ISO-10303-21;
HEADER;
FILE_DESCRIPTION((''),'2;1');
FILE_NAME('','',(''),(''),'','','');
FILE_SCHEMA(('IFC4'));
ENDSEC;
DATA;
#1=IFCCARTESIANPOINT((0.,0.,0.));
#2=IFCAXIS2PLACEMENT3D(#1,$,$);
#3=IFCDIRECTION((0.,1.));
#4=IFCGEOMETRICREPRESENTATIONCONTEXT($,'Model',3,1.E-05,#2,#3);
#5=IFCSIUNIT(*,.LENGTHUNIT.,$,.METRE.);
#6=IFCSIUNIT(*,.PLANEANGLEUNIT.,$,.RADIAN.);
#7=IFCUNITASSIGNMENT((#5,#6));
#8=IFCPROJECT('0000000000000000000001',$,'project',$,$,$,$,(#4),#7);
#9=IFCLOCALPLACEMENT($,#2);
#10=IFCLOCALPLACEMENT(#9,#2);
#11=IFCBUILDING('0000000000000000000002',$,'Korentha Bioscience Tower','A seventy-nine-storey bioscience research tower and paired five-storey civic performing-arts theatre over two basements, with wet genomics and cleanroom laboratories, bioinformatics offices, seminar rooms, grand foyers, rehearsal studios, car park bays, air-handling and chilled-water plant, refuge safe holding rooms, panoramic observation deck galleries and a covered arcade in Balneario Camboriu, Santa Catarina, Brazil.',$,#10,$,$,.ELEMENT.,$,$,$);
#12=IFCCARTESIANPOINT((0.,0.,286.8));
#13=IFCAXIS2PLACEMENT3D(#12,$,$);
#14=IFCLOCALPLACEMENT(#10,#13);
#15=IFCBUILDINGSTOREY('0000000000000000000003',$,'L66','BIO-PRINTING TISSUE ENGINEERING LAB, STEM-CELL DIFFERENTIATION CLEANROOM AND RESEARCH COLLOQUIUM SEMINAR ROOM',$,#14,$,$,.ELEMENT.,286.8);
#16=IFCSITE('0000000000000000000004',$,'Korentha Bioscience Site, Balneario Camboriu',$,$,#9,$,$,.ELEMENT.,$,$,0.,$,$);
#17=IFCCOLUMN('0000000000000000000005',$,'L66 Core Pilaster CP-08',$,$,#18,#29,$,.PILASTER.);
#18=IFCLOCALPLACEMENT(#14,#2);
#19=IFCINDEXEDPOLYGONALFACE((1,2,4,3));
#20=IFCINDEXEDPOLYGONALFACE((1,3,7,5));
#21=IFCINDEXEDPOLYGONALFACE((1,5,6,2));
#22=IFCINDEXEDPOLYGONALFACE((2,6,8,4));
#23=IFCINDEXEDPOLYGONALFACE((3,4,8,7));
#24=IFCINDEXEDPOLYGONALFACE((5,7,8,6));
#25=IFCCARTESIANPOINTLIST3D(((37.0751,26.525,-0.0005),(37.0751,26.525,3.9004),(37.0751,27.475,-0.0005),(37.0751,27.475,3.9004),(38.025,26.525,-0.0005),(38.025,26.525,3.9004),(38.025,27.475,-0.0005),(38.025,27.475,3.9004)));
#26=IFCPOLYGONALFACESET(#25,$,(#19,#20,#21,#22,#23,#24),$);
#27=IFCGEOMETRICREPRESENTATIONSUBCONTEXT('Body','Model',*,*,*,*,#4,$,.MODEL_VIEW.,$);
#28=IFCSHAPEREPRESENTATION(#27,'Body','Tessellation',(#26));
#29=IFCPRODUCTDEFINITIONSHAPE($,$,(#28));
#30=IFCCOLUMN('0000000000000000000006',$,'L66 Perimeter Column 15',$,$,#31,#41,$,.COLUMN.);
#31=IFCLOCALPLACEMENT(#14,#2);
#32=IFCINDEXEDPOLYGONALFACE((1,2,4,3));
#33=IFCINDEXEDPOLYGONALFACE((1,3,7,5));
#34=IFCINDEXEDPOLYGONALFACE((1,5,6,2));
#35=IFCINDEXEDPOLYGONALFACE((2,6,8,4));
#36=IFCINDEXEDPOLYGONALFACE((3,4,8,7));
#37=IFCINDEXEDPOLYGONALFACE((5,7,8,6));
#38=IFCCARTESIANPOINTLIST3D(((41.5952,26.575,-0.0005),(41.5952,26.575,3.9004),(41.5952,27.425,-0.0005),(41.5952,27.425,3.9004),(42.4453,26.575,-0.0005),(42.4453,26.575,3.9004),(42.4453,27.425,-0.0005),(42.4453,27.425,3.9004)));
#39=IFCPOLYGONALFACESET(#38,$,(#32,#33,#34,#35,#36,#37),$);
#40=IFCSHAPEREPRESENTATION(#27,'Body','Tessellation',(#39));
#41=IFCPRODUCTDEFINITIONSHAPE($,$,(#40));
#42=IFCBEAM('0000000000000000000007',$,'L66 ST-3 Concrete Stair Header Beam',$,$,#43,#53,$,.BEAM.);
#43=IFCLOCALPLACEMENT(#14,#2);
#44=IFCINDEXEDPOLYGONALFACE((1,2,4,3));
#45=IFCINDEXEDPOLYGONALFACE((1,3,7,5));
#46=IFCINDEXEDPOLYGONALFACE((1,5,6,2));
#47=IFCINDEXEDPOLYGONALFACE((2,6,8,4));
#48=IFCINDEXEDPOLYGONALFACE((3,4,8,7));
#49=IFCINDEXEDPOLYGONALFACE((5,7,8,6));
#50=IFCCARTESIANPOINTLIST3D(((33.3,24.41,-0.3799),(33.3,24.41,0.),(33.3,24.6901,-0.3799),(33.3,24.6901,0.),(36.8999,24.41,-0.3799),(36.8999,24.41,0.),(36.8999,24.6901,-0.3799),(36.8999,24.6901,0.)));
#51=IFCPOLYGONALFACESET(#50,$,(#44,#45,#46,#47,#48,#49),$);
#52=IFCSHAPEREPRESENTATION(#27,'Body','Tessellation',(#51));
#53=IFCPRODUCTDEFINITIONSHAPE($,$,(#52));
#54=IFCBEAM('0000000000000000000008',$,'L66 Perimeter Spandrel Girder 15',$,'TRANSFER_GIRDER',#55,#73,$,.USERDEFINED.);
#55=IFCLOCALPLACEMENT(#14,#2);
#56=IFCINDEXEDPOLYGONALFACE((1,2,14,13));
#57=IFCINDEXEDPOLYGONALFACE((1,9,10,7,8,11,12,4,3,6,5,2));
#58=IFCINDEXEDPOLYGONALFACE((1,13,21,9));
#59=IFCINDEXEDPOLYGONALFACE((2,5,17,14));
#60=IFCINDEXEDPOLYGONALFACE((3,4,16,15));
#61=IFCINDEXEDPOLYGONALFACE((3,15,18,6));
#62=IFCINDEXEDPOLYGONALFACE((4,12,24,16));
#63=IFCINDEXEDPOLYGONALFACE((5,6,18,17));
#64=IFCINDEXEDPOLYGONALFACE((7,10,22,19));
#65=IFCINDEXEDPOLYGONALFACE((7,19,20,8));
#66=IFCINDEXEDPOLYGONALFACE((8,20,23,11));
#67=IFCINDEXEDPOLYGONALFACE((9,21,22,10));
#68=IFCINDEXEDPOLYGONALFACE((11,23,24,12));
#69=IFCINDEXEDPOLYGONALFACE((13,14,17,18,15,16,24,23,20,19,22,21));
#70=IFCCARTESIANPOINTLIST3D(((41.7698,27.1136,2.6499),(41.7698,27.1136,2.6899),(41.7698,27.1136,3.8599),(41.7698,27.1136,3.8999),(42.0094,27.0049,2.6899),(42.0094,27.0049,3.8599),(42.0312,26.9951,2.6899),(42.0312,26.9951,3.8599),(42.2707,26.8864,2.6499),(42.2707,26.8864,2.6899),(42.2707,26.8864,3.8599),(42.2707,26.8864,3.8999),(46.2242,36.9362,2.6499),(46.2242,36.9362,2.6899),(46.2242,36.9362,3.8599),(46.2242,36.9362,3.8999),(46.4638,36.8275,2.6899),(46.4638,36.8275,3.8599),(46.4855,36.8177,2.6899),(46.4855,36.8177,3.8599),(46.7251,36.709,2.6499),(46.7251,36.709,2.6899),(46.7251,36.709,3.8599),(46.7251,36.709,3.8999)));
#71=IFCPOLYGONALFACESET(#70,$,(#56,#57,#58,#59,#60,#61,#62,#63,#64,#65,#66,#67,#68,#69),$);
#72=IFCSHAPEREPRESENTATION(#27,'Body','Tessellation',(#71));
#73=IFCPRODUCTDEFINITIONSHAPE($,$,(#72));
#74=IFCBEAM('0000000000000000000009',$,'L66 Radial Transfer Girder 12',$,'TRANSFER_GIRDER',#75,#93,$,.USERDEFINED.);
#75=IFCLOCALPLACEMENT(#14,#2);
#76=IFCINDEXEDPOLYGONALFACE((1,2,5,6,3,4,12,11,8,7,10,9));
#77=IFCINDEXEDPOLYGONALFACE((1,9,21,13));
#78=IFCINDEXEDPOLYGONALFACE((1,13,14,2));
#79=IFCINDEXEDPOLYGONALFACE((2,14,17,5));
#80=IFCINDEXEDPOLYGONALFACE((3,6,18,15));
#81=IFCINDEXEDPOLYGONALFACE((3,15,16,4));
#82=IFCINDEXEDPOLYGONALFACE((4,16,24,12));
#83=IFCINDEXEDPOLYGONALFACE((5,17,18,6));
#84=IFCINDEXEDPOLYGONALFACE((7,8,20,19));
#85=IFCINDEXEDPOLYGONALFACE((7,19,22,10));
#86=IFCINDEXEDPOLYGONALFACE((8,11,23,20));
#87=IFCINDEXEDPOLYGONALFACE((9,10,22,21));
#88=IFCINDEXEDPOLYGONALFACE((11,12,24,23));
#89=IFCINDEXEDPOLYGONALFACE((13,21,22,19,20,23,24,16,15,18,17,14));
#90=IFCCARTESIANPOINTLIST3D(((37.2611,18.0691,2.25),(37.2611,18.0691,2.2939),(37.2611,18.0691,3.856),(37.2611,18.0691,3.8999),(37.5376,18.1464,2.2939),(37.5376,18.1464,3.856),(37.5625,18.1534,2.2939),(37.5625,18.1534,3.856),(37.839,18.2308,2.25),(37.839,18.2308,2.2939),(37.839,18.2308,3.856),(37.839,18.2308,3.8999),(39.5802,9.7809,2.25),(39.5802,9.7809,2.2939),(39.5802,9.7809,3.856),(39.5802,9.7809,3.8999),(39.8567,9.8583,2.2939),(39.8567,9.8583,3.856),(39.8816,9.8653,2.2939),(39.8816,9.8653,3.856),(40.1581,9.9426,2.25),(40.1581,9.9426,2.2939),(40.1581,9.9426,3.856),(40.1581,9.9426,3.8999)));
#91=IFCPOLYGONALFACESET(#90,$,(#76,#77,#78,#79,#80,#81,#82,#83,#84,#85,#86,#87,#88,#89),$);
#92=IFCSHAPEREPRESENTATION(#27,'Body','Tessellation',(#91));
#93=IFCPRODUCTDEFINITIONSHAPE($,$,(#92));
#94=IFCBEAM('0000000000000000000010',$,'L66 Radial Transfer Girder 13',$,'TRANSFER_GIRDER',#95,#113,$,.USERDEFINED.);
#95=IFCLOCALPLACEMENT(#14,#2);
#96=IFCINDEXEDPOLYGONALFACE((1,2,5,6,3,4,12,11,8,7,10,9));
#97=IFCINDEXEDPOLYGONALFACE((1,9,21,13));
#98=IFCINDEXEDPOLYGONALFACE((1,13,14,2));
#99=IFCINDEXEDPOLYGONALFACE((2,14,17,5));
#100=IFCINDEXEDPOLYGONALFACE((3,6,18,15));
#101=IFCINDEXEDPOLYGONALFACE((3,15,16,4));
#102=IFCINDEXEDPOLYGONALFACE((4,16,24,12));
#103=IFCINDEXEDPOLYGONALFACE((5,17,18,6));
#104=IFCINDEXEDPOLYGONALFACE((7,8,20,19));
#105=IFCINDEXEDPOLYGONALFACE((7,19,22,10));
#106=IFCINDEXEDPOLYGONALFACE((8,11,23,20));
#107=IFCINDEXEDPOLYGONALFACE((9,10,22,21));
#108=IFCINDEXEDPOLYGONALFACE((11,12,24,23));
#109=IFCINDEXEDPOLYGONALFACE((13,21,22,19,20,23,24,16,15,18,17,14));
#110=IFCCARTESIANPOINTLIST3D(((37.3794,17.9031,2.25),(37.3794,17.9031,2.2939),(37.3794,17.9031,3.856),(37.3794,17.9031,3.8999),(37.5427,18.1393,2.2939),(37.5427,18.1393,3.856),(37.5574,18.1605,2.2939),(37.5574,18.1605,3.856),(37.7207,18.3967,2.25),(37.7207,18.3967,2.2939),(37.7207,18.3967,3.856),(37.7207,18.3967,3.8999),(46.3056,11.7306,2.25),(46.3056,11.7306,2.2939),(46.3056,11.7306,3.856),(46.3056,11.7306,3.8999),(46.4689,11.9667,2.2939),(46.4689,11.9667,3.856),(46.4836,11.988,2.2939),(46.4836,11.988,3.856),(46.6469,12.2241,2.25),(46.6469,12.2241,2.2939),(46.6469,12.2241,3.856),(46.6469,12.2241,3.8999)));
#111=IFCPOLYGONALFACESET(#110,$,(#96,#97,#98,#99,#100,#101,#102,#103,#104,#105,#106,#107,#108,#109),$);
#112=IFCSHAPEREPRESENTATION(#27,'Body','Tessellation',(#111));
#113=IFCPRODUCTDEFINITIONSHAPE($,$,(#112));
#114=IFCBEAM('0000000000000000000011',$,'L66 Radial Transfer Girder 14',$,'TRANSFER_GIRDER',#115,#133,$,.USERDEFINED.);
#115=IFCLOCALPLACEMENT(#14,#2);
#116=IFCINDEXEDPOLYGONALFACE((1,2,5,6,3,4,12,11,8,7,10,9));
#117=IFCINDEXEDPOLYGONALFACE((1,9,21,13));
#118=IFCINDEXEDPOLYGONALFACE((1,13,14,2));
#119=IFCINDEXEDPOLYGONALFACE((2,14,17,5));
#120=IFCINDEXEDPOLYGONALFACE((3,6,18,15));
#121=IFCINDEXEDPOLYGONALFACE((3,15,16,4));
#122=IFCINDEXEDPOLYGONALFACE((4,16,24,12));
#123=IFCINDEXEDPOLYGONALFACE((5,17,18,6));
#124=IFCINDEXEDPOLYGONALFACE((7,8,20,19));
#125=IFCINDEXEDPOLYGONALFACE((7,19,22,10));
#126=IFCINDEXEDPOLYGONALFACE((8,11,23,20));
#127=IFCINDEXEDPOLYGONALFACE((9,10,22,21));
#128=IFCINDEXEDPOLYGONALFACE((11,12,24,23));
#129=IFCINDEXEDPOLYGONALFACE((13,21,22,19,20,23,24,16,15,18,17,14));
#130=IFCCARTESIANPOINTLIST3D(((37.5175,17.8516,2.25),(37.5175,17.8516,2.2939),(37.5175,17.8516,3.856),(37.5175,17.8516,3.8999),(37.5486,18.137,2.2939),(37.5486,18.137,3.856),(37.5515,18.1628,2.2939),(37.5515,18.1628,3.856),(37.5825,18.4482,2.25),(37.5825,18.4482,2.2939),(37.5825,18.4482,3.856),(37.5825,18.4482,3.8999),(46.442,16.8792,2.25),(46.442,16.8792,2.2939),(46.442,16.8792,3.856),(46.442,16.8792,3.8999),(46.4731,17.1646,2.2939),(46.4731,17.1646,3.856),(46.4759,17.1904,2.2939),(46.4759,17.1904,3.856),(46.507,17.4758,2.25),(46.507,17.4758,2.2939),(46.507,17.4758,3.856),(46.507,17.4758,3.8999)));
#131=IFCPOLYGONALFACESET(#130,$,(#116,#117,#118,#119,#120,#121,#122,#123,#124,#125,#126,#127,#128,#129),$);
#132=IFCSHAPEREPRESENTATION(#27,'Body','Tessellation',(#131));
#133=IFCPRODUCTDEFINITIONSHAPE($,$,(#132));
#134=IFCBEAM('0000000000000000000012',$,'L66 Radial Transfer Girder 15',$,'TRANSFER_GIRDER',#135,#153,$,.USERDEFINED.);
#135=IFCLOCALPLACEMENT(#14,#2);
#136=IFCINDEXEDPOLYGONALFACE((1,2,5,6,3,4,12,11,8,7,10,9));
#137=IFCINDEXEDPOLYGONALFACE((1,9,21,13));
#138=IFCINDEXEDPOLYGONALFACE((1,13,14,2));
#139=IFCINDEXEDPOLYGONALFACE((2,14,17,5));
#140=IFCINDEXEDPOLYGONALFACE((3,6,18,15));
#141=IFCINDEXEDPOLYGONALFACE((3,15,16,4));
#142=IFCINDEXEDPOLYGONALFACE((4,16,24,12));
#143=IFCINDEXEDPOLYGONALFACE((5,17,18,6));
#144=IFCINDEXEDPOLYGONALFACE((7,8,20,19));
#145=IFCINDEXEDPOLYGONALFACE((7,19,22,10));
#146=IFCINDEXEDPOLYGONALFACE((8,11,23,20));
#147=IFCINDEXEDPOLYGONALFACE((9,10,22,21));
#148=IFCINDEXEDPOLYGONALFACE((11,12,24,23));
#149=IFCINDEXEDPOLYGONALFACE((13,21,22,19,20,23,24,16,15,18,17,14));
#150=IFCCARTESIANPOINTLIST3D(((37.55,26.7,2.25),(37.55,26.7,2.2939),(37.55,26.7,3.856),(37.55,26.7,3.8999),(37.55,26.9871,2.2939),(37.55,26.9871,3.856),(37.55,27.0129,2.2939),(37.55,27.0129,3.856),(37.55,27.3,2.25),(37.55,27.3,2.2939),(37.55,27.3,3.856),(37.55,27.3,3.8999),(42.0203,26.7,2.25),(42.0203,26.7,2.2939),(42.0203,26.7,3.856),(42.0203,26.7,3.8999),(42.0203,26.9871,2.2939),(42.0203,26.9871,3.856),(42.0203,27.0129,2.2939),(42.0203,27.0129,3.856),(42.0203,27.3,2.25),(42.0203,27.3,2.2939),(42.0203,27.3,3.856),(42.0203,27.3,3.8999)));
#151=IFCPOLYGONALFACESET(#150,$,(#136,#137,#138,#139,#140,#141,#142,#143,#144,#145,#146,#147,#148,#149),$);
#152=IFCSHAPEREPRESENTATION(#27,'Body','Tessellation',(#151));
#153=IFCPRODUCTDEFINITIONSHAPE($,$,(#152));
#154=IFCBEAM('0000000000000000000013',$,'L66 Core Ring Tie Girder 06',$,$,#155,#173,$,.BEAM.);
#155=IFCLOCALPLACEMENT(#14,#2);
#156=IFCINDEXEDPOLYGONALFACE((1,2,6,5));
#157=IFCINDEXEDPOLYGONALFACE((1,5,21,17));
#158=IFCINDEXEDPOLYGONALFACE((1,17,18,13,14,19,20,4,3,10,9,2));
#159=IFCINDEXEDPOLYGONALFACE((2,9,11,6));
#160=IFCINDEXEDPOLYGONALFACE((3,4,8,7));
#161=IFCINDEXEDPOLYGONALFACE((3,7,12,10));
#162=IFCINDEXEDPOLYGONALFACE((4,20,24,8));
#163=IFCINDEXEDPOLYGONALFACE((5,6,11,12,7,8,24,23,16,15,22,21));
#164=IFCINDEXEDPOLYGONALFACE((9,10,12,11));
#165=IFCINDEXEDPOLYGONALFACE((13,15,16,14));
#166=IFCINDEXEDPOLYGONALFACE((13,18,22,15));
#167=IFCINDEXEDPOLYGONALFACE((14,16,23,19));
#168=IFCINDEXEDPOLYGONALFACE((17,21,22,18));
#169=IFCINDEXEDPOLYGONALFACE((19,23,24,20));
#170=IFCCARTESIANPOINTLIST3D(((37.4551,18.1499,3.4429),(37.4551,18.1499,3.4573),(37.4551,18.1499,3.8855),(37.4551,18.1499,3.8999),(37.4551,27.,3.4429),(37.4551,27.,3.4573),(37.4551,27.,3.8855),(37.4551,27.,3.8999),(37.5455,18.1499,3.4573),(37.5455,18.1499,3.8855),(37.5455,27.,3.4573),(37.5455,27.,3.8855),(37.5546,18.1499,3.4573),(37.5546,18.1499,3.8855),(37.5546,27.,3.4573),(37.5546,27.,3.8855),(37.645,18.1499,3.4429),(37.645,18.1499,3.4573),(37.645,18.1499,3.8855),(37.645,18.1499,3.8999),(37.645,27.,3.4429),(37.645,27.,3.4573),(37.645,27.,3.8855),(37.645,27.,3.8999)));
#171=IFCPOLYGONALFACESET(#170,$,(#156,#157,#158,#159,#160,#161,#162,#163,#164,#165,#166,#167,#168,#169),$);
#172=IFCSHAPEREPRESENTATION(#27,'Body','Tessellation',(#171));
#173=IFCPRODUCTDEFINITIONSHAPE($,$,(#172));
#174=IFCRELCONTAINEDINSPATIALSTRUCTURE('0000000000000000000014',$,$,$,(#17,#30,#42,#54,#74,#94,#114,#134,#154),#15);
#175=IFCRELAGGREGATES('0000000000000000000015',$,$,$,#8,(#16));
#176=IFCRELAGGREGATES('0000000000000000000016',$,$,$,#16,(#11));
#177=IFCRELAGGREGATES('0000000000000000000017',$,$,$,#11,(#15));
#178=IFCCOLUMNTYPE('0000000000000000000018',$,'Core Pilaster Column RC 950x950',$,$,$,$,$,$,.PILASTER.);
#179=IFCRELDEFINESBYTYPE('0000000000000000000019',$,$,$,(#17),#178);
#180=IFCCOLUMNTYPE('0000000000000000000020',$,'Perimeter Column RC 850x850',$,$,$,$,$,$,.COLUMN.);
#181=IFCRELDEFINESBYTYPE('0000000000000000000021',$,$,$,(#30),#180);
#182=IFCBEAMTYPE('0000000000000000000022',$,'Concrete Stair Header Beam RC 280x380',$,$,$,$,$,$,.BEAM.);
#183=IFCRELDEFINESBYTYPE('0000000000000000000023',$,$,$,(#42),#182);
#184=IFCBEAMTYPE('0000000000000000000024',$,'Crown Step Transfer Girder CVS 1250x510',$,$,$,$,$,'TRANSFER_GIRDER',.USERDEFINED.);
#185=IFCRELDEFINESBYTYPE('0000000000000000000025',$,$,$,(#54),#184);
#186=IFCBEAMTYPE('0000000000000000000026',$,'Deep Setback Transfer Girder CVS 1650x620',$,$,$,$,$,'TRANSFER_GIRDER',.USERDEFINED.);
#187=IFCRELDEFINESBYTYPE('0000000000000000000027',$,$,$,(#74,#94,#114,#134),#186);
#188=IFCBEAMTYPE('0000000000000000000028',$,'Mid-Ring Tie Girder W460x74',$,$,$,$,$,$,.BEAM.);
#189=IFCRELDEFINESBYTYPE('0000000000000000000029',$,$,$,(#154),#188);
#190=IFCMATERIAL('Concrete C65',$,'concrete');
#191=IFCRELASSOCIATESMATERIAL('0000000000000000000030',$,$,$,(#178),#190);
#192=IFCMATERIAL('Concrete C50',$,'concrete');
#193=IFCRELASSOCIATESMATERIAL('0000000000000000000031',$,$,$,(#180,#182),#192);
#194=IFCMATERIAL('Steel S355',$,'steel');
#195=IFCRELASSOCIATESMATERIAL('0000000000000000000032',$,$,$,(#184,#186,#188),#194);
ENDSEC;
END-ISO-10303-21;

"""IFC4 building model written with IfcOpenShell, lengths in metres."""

from ifc_helpers import new_model, si_unit, direction, frame, origin, origin_2d, place, context, subcontext, project, spatial, rectangle, i_section, extrude, material, material_profile, profile_set, type_object, element, save


model = new_model("IFC4")

# Units and contexts
model_context = context("Model", 3, precision=1e-05, world=origin(), true_north=direction((0.0, 1.0)))
body_context = subcontext(model_context, "Body", "Model", "MODEL_VIEW")
ifc_project = project(units=[si_unit("LENGTHUNIT", "METRE"), si_unit("PLANEANGLEUNIT", "RADIAN")], contexts=[model_context])

# Site, building, storey
site_placement = place(None, origin())
site = spatial("IfcSite", under=ifc_project, at=site_placement, Name="Korentha Bioscience Site, Balneario Camboriu", CompositionType="ELEMENT", RefElevation=0.0)
building_placement = place(site_placement, origin())
building = spatial("IfcBuilding", under=site, at=building_placement, Name="Korentha Bioscience Tower", Description="A seventy-nine-storey bioscience research tower and paired five-storey civic performing-arts theatre over two basements, with wet genomics and cleanroom laboratories, bioinformatics offices, seminar rooms, grand foyers, rehearsal studios, car park bays, air-handling and chilled-water plant, refuge safe holding rooms, panoramic observation deck galleries and a covered arcade in Balneario Camboriu, Santa Catarina, Brazil.", CompositionType="ELEMENT")
storey_placement = place(building_placement, frame((0.0, 0.0, 286.8)))
storey = spatial("IfcBuildingStorey", under=building, at=storey_placement, Name="L66", Description="BIO-PRINTING TISSUE ENGINEERING LAB, STEM-CELL DIFFERENTIATION CLEANROOM AND RESEARCH COLLOQUIUM SEMINAR ROOM", CompositionType="ELEMENT", Elevation=286.8)

# Columns
ifc_material_1 = material(Name="Concrete C65", Category="concrete")
ifc_material_profile_1 = material_profile(ifc_material_1, rectangle(XDim=0.95, YDim=0.95, at=origin_2d()), Name="Concrete C65")
ifc_profile_set_1 = profile_set([ifc_material_profile_1], Name="Concrete C65 (COL-CP09)")
column_type_1 = type_object("IfcColumnType", Name="Core Pilaster Column RC 950x950", PredefinedType="PILASTER", material=ifc_profile_set_1)
column_1_placement = place(storey_placement, frame((37.55, 27.0, -0.0005), z_axis=(0.0, 0.0, 1.0), x_axis=(1.0, 0.0, 0.0)))
element("IfcColumn", 1, at=column_1_placement, inside=storey, type_object=column_type_1, Name="L66 Core Pilaster CP-08", PredefinedType="PILASTER", context=body_context, shape_type="SweptSolid", body=[
    extrude(rectangle(XDim=0.95, YDim=0.95, at=origin_2d()), origin(), (0.0, 0.0, 1.0), 3.9009),
])
ifc_material_2 = material(Name="Concrete C50", Category="concrete")
ifc_material_profile_2 = material_profile(ifc_material_2, rectangle(XDim=0.8501, YDim=0.8501, at=origin_2d()), Name="Concrete C50")
ifc_profile_set_2 = profile_set([ifc_material_profile_2], Name="Concrete C50 (COL-P08)")
column_type_2 = type_object("IfcColumnType", Name="Perimeter Column RC 850x850", PredefinedType="COLUMN", material=ifc_profile_set_2)
column_2_placement = place(storey_placement, frame((42.0203, 27.0, -0.0005), z_axis=(0.0, 0.0, 1.0), x_axis=(0.0, 1.0, 0.0)))
element("IfcColumn", 2, at=column_2_placement, inside=storey, type_object=column_type_2, Name="L66 Perimeter Column 15", PredefinedType="COLUMN", context=body_context, shape_type="SweptSolid", body=[
    extrude(rectangle(XDim=0.8501, YDim=0.8501, at=origin_2d()), origin(), (0.0, 0.0, 1.0), 3.9009),
])

# Beams
ifc_material_profile_3 = material_profile(ifc_material_2, rectangle(XDim=0.28, YDim=0.3799, at=origin_2d()), Name="Concrete C50")
ifc_profile_set_3 = profile_set([ifc_material_profile_3], Name="Concrete C50 (ST-HB380)")
beam_type_1 = type_object("IfcBeamType", Name="Concrete Stair Header Beam RC 280x380", PredefinedType="BEAM", material=ifc_profile_set_3)
beam_1_placement = place(storey_placement, frame((36.8999, 24.55, -0.1899), z_axis=(-1.0, 0.0, 0.0), x_axis=(0.0, -1.0, 0.0)))
element("IfcBeam", 3, at=beam_1_placement, inside=storey, type_object=beam_type_1, Name="L66 ST-3 Concrete Stair Header Beam", PredefinedType="BEAM", context=body_context, shape_type="SweptSolid", body=[
    extrude(rectangle(XDim=0.28, YDim=0.3799, at=origin_2d()), origin(), (0.0, 0.0, 1.0), 3.5999),
])
ifc_material_3 = material(Name="Steel S355", Category="steel")
ifc_material_profile_4 = material_profile(ifc_material_3, i_section(OverallWidth=0.55, OverallDepth=1.25, WebThickness=0.0239, FlangeThickness=0.04, at=origin_2d()), Name="Steel S355")
ifc_profile_set_4 = profile_set([ifc_material_profile_4], Name="Steel S355 (TG-03)")
beam_type_2 = type_object("IfcBeamType", Name="Crown Step Transfer Girder CVS 1250x510", ElementType="TRANSFER_GIRDER", PredefinedType="USERDEFINED", material=ifc_profile_set_4)
beam_2_placement = place(storey_placement, frame((42.0203, 27.0, 3.2749), z_axis=(0.413001, 0.91073, 0.0), x_axis=(-0.91073, 0.413001, 0.0)))
element("IfcBeam", 4, at=beam_2_placement, inside=storey, type_object=beam_type_2, Name="L66 Perimeter Spandrel Girder 15", ObjectType="TRANSFER_GIRDER", PredefinedType="USERDEFINED", context=body_context, shape_type="SweptSolid", body=[
    extrude(i_section(OverallWidth=0.55, OverallDepth=1.25, WebThickness=0.0239, FlangeThickness=0.04, at=origin_2d()), origin(), (0.0, 0.0, 1.0), 10.7854),
])
ifc_material_profile_5 = material_profile(ifc_material_3, i_section(OverallWidth=0.6001, OverallDepth=1.6499, WebThickness=0.0259, FlangeThickness=0.0439, at=origin_2d()), Name="Steel S355")
ifc_profile_set_5 = profile_set([ifc_material_profile_5], Name="Steel S355 (TG-04)")
beam_type_3 = type_object("IfcBeamType", Name="Deep Setback Transfer Girder CVS 1650x620", ElementType="TRANSFER_GIRDER", PredefinedType="USERDEFINED", material=ifc_profile_set_5)
beam_3_placement = place(storey_placement, frame((37.55, 18.1499, 3.075), z_axis=(0.269461, -0.963011, 0.0), x_axis=(0.963011, 0.269461, 0.0)))
element("IfcBeam", 5, at=beam_3_placement, inside=storey, type_object=beam_type_3, Name="L66 Radial Transfer Girder 12", ObjectType="TRANSFER_GIRDER", PredefinedType="USERDEFINED", context=body_context, shape_type="SweptSolid", body=[
    extrude(i_section(OverallWidth=0.6001, OverallDepth=1.6499, WebThickness=0.0259, FlangeThickness=0.0439, at=origin_2d()), origin(), (0.0, 0.0, 1.0), 8.6064),
])
beam_4_placement = place(storey_placement, frame((37.55, 18.1499, 3.075), z_axis=(0.822499, -0.568767, 0.0), x_axis=(0.568767, 0.822499, 0.0)))
element("IfcBeam", 6, at=beam_4_placement, inside=storey, type_object=beam_type_3, Name="L66 Radial Transfer Girder 13", ObjectType="TRANSFER_GIRDER", PredefinedType="USERDEFINED", context=body_context, shape_type="SweptSolid", body=[
    extrude(i_section(OverallWidth=0.6001, OverallDepth=1.6499, WebThickness=0.0259, FlangeThickness=0.0439, at=origin_2d()), origin(), (0.0, 0.0, 1.0), 10.8525),
])
beam_5_placement = place(storey_placement, frame((37.55, 18.1499, 3.075), z_axis=(0.994116, -0.108318, 0.0), x_axis=(0.108318, 0.994116, 0.0)))
element("IfcBeam", 7, at=beam_5_placement, inside=storey, type_object=beam_type_3, Name="L66 Radial Transfer Girder 14", ObjectType="TRANSFER_GIRDER", PredefinedType="USERDEFINED", context=body_context, shape_type="SweptSolid", body=[
    extrude(i_section(OverallWidth=0.6001, OverallDepth=1.6499, WebThickness=0.0259, FlangeThickness=0.0439, at=origin_2d()), origin(), (0.0, 0.0, 1.0), 8.9773),
])
beam_6_placement = place(storey_placement, frame((37.55, 27.0, 3.075), z_axis=(1.0, 0.0, 0.0), x_axis=(0.0, 1.0, 0.0)))
element("IfcBeam", 8, at=beam_6_placement, inside=storey, type_object=beam_type_3, Name="L66 Radial Transfer Girder 15", ObjectType="TRANSFER_GIRDER", PredefinedType="USERDEFINED", context=body_context, shape_type="SweptSolid", body=[
    extrude(i_section(OverallWidth=0.6001, OverallDepth=1.6499, WebThickness=0.0259, FlangeThickness=0.0439, at=origin_2d()), origin(), (0.0, 0.0, 1.0), 4.4702),
])
ifc_material_profile_6 = material_profile(ifc_material_3, i_section(OverallWidth=0.1899, OverallDepth=0.457, WebThickness=0.009, FlangeThickness=0.0144, at=origin_2d()), Name="Steel S355")
ifc_profile_set_6 = profile_set([ifc_material_profile_6], Name="Steel S355 (MB-460)")
beam_type_4 = type_object("IfcBeamType", Name="Mid-Ring Tie Girder W460x74", PredefinedType="BEAM", material=ifc_profile_set_6)
for number, where, z_axis, x_axis, name in (
    (9, (37.55, 18.1499, 3.6714), (0.0, 1.0, 0.0), (-1.0, 0.0, 0.0), "L66 Core Ring Tie Girder 06"),
):
    element("IfcBeam", number, at=place(storey_placement, frame(where, z_axis=z_axis, x_axis=x_axis)), inside=storey, type_object=beam_type_4, Name=name, PredefinedType="BEAM", context=body_context, shape_type="SweptSolid", body=[
        extrude(i_section(OverallWidth=0.1899, OverallDepth=0.457, WebThickness=0.009, FlangeThickness=0.0144, at=origin_2d()), origin(), (0.0, 0.0, 1.0), 8.8501),
    ])

save(model, "model.ifc")
